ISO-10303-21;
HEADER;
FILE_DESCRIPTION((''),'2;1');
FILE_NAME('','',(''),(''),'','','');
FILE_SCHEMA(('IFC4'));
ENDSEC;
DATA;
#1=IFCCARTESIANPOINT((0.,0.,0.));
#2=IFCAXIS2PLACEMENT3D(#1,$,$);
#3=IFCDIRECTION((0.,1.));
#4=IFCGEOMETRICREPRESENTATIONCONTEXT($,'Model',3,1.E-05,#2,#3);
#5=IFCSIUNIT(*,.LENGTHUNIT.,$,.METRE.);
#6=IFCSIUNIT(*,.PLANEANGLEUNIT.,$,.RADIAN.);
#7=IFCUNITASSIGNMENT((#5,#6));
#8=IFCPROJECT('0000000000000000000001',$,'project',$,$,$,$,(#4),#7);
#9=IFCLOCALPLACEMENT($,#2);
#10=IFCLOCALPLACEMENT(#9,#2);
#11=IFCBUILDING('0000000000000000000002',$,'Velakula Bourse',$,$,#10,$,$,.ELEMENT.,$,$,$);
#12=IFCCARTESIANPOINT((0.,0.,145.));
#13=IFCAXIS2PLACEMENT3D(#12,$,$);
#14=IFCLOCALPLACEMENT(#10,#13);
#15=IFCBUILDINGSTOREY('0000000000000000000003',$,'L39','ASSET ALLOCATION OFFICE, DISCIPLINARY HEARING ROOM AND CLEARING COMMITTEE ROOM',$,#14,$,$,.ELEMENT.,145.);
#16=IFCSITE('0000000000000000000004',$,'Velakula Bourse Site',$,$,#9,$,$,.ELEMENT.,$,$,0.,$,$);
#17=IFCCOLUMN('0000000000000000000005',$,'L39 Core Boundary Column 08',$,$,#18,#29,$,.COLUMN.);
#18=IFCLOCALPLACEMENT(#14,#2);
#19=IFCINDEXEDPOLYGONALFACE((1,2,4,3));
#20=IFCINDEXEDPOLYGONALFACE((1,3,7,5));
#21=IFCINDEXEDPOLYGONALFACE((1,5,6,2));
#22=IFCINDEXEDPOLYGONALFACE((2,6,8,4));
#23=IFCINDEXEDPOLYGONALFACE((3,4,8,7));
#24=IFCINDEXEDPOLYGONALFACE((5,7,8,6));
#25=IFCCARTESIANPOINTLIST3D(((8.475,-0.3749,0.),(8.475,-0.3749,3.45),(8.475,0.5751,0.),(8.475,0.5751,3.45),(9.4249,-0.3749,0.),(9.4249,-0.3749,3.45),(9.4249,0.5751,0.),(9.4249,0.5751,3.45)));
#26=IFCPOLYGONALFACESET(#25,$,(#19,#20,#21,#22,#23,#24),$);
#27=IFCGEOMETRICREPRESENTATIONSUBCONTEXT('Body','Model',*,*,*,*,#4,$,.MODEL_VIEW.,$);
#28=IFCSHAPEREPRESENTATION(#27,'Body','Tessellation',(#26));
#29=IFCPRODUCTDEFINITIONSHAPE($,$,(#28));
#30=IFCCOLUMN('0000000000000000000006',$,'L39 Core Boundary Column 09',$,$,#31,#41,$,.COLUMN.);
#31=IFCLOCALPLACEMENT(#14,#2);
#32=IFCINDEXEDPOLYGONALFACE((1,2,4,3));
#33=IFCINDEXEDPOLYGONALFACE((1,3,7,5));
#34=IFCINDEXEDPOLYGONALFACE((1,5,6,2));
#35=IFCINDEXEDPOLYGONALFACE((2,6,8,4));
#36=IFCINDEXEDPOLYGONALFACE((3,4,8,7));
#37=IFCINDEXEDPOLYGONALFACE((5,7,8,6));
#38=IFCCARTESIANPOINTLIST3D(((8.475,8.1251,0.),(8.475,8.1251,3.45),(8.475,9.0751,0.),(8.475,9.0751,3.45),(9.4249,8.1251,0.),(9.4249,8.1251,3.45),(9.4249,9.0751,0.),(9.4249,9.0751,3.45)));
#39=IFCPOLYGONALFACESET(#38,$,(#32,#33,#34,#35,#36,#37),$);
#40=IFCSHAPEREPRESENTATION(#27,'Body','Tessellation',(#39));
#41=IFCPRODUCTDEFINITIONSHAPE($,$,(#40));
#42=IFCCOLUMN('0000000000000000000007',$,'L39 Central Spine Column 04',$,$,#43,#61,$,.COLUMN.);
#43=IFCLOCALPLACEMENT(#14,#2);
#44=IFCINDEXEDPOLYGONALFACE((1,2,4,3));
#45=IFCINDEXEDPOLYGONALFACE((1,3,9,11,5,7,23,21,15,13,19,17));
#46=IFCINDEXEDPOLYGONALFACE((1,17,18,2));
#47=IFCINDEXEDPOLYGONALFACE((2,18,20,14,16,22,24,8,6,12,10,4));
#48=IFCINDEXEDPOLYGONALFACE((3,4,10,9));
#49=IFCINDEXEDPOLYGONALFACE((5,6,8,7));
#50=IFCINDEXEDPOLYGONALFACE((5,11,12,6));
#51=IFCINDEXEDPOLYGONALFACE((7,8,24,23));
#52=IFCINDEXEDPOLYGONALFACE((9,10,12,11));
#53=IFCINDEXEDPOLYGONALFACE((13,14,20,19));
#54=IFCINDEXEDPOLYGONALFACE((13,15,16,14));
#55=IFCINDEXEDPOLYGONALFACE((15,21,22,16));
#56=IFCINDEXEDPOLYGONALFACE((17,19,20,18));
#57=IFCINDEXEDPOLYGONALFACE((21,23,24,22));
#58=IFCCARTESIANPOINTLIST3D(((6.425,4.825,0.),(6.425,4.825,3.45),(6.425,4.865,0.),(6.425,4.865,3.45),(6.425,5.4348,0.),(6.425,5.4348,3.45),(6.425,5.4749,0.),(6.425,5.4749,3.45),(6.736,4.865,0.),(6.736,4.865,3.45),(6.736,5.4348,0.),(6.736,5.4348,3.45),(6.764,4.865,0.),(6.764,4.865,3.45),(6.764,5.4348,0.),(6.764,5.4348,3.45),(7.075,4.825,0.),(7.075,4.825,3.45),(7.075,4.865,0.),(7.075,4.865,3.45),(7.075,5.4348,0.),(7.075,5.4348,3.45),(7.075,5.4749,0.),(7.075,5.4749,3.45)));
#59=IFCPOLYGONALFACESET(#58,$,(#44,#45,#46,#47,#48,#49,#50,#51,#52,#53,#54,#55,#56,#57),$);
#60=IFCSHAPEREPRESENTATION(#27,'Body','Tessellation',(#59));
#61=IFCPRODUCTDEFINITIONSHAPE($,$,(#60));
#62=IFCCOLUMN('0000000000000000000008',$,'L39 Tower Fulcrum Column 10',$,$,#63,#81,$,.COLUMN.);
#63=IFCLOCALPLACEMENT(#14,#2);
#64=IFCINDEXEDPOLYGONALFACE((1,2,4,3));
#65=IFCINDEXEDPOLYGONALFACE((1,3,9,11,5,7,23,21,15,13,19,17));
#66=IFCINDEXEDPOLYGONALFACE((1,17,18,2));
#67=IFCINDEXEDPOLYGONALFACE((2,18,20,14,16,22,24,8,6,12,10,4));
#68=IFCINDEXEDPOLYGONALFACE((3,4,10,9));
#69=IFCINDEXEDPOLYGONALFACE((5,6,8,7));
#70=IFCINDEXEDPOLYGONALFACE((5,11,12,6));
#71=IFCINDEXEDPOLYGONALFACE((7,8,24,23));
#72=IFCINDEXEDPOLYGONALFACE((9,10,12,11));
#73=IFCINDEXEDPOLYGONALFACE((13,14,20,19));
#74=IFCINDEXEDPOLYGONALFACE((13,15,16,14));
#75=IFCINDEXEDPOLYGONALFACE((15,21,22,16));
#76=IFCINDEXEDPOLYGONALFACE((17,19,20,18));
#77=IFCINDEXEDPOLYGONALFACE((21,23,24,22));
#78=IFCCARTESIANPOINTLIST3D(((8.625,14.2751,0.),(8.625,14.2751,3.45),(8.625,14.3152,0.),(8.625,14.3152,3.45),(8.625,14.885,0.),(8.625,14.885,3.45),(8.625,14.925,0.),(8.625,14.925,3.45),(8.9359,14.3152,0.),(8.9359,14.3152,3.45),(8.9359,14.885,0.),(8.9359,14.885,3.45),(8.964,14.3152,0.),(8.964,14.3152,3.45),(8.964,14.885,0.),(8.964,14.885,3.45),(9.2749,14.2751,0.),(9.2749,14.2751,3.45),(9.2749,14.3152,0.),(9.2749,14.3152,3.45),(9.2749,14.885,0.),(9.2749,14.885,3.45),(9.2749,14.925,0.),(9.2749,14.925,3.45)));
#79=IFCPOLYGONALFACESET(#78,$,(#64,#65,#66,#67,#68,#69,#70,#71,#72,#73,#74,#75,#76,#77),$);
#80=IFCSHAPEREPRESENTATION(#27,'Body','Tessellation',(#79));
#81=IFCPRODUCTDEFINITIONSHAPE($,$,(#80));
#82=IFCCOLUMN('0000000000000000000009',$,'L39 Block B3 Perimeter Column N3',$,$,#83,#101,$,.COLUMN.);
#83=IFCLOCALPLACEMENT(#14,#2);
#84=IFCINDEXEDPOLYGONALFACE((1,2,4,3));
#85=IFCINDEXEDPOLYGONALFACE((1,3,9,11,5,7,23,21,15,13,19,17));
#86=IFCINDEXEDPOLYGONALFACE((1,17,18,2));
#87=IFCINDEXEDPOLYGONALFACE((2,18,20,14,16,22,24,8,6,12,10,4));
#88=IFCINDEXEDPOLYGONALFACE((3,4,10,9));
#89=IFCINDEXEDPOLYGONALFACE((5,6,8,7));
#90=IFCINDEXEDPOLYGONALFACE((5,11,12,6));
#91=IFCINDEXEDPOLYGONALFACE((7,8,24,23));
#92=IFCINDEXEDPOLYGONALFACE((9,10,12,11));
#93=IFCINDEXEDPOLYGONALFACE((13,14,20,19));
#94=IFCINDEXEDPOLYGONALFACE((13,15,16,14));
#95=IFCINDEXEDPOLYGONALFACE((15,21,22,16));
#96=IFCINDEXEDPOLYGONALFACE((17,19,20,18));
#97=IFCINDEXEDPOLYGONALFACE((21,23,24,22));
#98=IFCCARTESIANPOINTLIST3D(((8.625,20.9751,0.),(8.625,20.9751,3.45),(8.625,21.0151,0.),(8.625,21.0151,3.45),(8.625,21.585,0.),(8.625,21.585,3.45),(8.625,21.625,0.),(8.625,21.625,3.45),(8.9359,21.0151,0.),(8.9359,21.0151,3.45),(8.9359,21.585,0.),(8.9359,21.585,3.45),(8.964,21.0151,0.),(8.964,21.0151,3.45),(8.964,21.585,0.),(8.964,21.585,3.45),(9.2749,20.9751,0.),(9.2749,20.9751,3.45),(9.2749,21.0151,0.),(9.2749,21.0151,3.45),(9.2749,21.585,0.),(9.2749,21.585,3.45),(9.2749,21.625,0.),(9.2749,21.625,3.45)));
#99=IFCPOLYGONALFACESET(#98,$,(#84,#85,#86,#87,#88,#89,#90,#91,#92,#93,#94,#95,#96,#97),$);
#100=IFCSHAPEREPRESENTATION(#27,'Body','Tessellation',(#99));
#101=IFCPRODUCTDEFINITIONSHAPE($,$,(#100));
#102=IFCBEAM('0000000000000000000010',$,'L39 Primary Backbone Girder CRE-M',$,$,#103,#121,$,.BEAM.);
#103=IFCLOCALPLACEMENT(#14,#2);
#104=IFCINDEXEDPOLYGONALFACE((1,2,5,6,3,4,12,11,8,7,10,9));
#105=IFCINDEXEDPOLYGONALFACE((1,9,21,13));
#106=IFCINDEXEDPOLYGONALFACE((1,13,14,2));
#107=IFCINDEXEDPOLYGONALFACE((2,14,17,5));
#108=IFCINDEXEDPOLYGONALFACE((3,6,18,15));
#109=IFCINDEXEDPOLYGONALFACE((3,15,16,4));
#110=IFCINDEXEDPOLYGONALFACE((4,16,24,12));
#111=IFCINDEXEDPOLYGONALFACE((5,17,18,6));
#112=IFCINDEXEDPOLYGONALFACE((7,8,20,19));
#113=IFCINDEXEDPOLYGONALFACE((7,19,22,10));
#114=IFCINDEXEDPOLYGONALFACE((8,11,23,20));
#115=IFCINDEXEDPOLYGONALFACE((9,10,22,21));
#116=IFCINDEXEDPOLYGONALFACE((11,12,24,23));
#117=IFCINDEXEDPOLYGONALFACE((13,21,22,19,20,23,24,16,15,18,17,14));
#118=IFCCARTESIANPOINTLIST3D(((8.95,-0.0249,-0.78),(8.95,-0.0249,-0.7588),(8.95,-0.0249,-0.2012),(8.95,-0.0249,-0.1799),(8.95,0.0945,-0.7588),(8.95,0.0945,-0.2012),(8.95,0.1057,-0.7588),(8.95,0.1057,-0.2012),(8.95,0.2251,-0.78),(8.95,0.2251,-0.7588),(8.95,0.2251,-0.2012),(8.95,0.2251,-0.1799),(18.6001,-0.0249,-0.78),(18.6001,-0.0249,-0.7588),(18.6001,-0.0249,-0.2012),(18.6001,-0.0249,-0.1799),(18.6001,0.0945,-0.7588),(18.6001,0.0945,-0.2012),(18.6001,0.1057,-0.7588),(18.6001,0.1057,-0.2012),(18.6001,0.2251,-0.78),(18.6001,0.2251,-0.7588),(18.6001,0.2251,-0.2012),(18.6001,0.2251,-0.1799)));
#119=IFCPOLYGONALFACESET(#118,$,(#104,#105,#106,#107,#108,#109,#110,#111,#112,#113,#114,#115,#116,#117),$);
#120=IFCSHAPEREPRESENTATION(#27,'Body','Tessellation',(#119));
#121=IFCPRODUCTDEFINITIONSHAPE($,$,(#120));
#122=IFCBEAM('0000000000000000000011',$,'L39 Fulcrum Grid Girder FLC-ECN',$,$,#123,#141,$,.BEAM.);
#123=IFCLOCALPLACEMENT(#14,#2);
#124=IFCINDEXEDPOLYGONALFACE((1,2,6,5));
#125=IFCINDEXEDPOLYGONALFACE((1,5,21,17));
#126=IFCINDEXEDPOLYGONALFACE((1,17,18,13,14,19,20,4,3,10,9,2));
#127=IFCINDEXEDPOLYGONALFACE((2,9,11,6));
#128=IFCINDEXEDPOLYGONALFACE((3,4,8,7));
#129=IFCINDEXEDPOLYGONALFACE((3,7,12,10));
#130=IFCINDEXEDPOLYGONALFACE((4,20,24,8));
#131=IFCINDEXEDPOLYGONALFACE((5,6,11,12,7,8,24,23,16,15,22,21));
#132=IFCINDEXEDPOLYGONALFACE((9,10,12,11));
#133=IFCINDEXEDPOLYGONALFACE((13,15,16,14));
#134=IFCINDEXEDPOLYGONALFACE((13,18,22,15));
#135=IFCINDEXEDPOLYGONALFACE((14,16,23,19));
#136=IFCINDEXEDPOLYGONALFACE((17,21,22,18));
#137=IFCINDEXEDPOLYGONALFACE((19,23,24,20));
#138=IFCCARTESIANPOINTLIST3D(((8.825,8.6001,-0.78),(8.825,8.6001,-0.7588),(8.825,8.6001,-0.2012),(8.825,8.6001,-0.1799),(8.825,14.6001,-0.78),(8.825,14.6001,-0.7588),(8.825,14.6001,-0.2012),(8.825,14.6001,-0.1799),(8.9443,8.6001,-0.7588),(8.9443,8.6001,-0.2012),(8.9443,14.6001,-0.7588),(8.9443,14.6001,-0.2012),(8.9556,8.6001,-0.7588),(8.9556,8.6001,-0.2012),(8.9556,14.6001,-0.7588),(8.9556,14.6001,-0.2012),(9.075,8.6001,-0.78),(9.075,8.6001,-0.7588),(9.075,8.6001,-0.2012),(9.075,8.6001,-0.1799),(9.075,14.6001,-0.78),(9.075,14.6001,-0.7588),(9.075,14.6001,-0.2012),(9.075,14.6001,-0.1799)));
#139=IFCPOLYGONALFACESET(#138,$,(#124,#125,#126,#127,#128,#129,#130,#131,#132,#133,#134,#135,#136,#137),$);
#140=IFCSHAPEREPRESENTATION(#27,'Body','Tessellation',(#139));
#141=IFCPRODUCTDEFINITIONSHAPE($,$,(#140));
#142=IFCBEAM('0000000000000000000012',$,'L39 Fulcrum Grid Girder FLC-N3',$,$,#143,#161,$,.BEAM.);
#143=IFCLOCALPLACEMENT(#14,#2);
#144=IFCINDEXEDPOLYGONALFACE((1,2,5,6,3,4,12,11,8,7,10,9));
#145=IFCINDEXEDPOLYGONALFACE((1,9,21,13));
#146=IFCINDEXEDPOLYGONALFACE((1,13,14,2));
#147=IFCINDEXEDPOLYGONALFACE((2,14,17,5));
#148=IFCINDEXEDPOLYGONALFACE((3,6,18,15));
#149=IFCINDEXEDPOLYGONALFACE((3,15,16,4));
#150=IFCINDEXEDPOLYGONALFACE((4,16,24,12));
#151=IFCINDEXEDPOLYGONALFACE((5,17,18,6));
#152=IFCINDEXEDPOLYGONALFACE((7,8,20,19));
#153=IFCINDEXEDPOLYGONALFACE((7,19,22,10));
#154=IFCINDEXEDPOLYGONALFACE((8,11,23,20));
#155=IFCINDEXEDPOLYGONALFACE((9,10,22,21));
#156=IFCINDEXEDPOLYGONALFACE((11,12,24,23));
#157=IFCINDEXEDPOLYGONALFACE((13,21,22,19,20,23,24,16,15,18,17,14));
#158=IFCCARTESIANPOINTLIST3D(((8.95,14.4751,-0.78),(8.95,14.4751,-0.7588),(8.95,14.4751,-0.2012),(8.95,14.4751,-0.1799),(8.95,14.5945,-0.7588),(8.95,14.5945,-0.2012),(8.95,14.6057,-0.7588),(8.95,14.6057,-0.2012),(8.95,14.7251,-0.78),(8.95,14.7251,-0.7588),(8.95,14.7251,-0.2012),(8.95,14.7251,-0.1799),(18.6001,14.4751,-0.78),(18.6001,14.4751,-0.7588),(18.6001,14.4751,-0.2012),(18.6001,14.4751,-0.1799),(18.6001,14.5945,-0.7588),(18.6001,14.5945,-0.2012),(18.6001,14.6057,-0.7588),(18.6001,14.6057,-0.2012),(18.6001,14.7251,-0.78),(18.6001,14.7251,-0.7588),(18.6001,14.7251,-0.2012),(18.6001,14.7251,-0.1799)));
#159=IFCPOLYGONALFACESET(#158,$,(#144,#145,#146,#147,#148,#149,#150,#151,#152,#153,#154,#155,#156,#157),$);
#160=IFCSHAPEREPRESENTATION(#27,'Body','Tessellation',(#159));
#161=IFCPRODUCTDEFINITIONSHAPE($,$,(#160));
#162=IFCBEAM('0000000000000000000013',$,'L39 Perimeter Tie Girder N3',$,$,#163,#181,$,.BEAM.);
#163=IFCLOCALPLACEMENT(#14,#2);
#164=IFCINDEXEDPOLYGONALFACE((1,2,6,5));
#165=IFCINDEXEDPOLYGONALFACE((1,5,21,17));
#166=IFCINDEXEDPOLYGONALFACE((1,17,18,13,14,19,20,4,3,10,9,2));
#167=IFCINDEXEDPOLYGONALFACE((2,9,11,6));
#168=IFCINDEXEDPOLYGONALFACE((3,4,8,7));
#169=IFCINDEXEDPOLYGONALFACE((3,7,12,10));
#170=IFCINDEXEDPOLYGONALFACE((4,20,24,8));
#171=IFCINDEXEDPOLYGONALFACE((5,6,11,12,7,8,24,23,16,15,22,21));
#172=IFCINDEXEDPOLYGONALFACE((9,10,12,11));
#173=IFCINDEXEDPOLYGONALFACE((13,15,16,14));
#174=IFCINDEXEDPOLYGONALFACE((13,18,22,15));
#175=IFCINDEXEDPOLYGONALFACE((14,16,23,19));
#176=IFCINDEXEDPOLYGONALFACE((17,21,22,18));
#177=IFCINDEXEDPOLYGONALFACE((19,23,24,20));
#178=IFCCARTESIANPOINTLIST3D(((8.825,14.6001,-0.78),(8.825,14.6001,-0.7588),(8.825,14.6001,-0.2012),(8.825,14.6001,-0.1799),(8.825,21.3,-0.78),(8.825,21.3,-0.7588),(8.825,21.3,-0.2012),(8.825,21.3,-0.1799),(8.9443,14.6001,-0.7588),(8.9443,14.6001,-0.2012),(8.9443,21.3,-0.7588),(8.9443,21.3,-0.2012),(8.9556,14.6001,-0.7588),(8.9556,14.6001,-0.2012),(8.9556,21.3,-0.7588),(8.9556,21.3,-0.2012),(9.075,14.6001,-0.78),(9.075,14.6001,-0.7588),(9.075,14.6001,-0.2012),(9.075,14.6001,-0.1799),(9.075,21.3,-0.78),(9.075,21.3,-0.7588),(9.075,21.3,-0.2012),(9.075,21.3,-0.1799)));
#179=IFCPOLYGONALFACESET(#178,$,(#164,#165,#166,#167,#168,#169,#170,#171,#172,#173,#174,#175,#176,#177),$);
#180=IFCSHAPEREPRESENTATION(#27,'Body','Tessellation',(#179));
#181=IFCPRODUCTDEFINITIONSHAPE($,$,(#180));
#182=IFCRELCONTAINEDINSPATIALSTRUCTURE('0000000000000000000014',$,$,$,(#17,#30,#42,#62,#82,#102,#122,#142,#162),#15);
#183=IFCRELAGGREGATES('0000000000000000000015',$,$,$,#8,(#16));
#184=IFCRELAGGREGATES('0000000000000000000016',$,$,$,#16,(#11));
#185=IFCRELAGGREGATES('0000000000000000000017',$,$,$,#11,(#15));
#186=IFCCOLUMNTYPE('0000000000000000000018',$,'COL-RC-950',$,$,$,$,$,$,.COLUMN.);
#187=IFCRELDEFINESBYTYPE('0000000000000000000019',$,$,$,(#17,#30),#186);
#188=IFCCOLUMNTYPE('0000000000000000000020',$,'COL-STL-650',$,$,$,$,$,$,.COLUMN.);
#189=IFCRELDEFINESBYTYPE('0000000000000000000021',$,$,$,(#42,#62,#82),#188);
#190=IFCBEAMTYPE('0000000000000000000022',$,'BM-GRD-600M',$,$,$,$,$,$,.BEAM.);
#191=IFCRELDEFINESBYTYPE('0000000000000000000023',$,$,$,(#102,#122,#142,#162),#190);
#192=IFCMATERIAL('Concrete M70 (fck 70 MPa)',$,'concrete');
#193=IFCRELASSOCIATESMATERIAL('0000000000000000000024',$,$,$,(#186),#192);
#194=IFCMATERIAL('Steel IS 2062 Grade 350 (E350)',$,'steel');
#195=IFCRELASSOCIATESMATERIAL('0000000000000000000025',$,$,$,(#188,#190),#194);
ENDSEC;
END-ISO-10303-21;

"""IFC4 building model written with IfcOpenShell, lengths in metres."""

from ifc_helpers import new_model, si_unit, direction, frame, origin, origin_2d, place, context, subcontext, project, spatial, rectangle, i_section, extrude, material, material_profile, profile_set, type_object, element, save


model = new_model("IFC4")

# Units and contexts
model_context = context("Model", 3, precision=1e-05, world=origin(), true_north=direction((0.0, 1.0)))
body_context = subcontext(model_context, "Body", "Model", "MODEL_VIEW")
ifc_project = project(units=[si_unit("LENGTHUNIT", "METRE"), si_unit("PLANEANGLEUNIT", "RADIAN")], contexts=[model_context])

# Site, building, storey
site_placement = place(None, origin())
site = spatial("IfcSite", under=ifc_project, at=site_placement, Name="Velakula Bourse Site", CompositionType="ELEMENT", RefElevation=0.0)
building_placement = place(site_placement, origin())
building = spatial("IfcBuilding", under=site, at=building_placement, Name="Velakula Bourse", CompositionType="ELEMENT")
storey_placement = place(building_placement, frame((0.0, 0.0, 145.0)))
storey = spatial("IfcBuildingStorey", under=building, at=storey_placement, Name="L39", Description="ASSET ALLOCATION OFFICE, DISCIPLINARY HEARING ROOM AND CLEARING COMMITTEE ROOM", CompositionType="ELEMENT", Elevation=145.0)

# Columns
ifc_material_1 = material(Name="Concrete M70 (fck 70 MPa)", Category="concrete")
ifc_material_profile_1 = material_profile(ifc_material_1, rectangle(XDim=0.95, YDim=0.95, at=origin_2d()), Name="Concrete M70 (fck 70 MPa)")
ifc_profile_set_1 = profile_set([ifc_material_profile_1], Name="Concrete M70 (fck 70 MPa)")
column_type_1 = type_object("IfcColumnType", Name="COL-RC-950", PredefinedType="COLUMN", material=ifc_profile_set_1)
for number, where, z_axis, x_axis, name in (
    (1, (8.95, 0.1001, 0.0), (0.0, 0.0, 1.0), (1.0, 0.0, 0.0), "L39 Core Boundary Column 08"),
    (2, (8.95, 8.6001, 0.0), (0.0, 0.0, 1.0), (1.0, 0.0, 0.0), "L39 Core Boundary Column 09"),
):
    element("IfcColumn", number, at=place(storey_placement, frame(where, z_axis=z_axis, x_axis=x_axis)), inside=storey, type_object=column_type_1, Name=name, PredefinedType="COLUMN", context=body_context, shape_type="SweptSolid", body=[
        extrude(rectangle(XDim=0.95, YDim=0.95, at=origin_2d()), origin(), (0.0, 0.0, 1.0), 3.45),
    ])
ifc_material_2 = material(Name="Steel IS 2062 Grade 350 (E350)", Category="steel")
ifc_material_profile_2 = material_profile(ifc_material_2, i_section(OverallWidth=0.6499, OverallDepth=0.6499, WebThickness=0.0281, FlangeThickness=0.04, at=origin_2d()), Name="Steel IS 2062 Grade 350 (E350)")
ifc_profile_set_2 = profile_set([ifc_material_profile_2], Name="Steel IS 2062 Grade 350 (E350)")
column_type_2 = type_object("IfcColumnType", Name="COL-STL-650", PredefinedType="COLUMN", material=ifc_profile_set_2)
for number, where, z_axis, x_axis, name in (
    (3, (6.75, 5.1499, 0.0), (0.0, 0.0, 1.0), (1.0, 0.0, 0.0), "L39 Central Spine Column 04"),
    (4, (8.95, 14.6001, 0.0), (0.0, 0.0, 1.0), (1.0, 0.0, 0.0), "L39 Tower Fulcrum Column 10"),
    (5, (8.95, 21.3, 0.0), (0.0, 0.0, 1.0), (1.0, 0.0, 0.0), "L39 Block B3 Perimeter Column N3"),
):
    element("IfcColumn", number, at=place(storey_placement, frame(where, z_axis=z_axis, x_axis=x_axis)), inside=storey, type_object=column_type_2, Name=name, PredefinedType="COLUMN", context=body_context, shape_type="SweptSolid", body=[
        extrude(i_section(OverallWidth=0.6499, OverallDepth=0.6499, WebThickness=0.0281, FlangeThickness=0.04, at=origin_2d()), origin(), (0.0, 0.0, 1.0), 3.45),
    ])

# Beams
ifc_material_profile_3 = material_profile(ifc_material_2, i_section(OverallWidth=0.25, OverallDepth=0.6001, WebThickness=0.0112, FlangeThickness=0.0212, at=origin_2d()), Name="Steel IS 2062 Grade 350 (E350)")
ifc_profile_set_3 = profile_set([ifc_material_profile_3], Name="Steel IS 2062 Grade 350 (E350)")
beam_type_1 = type_object("IfcBeamType", Name="BM-GRD-600M", PredefinedType="BEAM", material=ifc_profile_set_3)
beam_1_placement = place(storey_placement, frame((8.95, 0.1001, -0.48), z_axis=(1.0, 0.0, 0.0), x_axis=(0.0, 1.0, 0.0)))
element("IfcBeam", 6, at=beam_1_placement, inside=storey, type_object=beam_type_1, Name="L39 Primary Backbone Girder CRE-M", PredefinedType="BEAM", context=body_context, shape_type="SweptSolid", body=[
    extrude(i_section(OverallWidth=0.25, OverallDepth=0.6001, WebThickness=0.0112, FlangeThickness=0.0212, at=origin_2d()), origin(), (0.0, 0.0, 1.0), 9.6501),
])
beam_2_placement = place(storey_placement, frame((8.95, 8.6001, -0.48), z_axis=(0.0, 1.0, 0.0), x_axis=(-1.0, 0.0, 0.0)))
element("IfcBeam", 7, at=beam_2_placement, inside=storey, type_object=beam_type_1, Name="L39 Fulcrum Grid Girder FLC-ECN", PredefinedType="BEAM", context=body_context, shape_type="SweptSolid", body=[
    extrude(i_section(OverallWidth=0.25, OverallDepth=0.6001, WebThickness=0.0112, FlangeThickness=0.0212, at=origin_2d()), origin(), (0.0, 0.0, 1.0), 6.0),
])
beam_3_placement = place(storey_placement, frame((8.95, 14.6001, -0.48), z_axis=(1.0, 0.0, 0.0), x_axis=(0.0, 1.0, 0.0)))
element("IfcBeam", 8, at=beam_3_placement, inside=storey, type_object=beam_type_1, Name="L39 Fulcrum Grid Girder FLC-N3", PredefinedType="BEAM", context=body_context, shape_type="SweptSolid", body=[
    extrude(i_section(OverallWidth=0.25, OverallDepth=0.6001, WebThickness=0.0112, FlangeThickness=0.0212, at=origin_2d()), origin(), (0.0, 0.0, 1.0), 9.6501),
])
beam_4_placement = place(storey_placement, frame((8.95, 14.6001, -0.48), z_axis=(0.0, 1.0, 0.0), x_axis=(-1.0, 0.0, 0.0)))
element("IfcBeam", 9, at=beam_4_placement, inside=storey, type_object=beam_type_1, Name="L39 Perimeter Tie Girder N3", PredefinedType="BEAM", context=body_context, shape_type="SweptSolid", body=[
    extrude(i_section(OverallWidth=0.25, OverallDepth=0.6001, WebThickness=0.0112, FlangeThickness=0.0212, at=origin_2d()), origin(), (0.0, 0.0, 1.0), 6.7),
])

save(model, "model.ifc")
